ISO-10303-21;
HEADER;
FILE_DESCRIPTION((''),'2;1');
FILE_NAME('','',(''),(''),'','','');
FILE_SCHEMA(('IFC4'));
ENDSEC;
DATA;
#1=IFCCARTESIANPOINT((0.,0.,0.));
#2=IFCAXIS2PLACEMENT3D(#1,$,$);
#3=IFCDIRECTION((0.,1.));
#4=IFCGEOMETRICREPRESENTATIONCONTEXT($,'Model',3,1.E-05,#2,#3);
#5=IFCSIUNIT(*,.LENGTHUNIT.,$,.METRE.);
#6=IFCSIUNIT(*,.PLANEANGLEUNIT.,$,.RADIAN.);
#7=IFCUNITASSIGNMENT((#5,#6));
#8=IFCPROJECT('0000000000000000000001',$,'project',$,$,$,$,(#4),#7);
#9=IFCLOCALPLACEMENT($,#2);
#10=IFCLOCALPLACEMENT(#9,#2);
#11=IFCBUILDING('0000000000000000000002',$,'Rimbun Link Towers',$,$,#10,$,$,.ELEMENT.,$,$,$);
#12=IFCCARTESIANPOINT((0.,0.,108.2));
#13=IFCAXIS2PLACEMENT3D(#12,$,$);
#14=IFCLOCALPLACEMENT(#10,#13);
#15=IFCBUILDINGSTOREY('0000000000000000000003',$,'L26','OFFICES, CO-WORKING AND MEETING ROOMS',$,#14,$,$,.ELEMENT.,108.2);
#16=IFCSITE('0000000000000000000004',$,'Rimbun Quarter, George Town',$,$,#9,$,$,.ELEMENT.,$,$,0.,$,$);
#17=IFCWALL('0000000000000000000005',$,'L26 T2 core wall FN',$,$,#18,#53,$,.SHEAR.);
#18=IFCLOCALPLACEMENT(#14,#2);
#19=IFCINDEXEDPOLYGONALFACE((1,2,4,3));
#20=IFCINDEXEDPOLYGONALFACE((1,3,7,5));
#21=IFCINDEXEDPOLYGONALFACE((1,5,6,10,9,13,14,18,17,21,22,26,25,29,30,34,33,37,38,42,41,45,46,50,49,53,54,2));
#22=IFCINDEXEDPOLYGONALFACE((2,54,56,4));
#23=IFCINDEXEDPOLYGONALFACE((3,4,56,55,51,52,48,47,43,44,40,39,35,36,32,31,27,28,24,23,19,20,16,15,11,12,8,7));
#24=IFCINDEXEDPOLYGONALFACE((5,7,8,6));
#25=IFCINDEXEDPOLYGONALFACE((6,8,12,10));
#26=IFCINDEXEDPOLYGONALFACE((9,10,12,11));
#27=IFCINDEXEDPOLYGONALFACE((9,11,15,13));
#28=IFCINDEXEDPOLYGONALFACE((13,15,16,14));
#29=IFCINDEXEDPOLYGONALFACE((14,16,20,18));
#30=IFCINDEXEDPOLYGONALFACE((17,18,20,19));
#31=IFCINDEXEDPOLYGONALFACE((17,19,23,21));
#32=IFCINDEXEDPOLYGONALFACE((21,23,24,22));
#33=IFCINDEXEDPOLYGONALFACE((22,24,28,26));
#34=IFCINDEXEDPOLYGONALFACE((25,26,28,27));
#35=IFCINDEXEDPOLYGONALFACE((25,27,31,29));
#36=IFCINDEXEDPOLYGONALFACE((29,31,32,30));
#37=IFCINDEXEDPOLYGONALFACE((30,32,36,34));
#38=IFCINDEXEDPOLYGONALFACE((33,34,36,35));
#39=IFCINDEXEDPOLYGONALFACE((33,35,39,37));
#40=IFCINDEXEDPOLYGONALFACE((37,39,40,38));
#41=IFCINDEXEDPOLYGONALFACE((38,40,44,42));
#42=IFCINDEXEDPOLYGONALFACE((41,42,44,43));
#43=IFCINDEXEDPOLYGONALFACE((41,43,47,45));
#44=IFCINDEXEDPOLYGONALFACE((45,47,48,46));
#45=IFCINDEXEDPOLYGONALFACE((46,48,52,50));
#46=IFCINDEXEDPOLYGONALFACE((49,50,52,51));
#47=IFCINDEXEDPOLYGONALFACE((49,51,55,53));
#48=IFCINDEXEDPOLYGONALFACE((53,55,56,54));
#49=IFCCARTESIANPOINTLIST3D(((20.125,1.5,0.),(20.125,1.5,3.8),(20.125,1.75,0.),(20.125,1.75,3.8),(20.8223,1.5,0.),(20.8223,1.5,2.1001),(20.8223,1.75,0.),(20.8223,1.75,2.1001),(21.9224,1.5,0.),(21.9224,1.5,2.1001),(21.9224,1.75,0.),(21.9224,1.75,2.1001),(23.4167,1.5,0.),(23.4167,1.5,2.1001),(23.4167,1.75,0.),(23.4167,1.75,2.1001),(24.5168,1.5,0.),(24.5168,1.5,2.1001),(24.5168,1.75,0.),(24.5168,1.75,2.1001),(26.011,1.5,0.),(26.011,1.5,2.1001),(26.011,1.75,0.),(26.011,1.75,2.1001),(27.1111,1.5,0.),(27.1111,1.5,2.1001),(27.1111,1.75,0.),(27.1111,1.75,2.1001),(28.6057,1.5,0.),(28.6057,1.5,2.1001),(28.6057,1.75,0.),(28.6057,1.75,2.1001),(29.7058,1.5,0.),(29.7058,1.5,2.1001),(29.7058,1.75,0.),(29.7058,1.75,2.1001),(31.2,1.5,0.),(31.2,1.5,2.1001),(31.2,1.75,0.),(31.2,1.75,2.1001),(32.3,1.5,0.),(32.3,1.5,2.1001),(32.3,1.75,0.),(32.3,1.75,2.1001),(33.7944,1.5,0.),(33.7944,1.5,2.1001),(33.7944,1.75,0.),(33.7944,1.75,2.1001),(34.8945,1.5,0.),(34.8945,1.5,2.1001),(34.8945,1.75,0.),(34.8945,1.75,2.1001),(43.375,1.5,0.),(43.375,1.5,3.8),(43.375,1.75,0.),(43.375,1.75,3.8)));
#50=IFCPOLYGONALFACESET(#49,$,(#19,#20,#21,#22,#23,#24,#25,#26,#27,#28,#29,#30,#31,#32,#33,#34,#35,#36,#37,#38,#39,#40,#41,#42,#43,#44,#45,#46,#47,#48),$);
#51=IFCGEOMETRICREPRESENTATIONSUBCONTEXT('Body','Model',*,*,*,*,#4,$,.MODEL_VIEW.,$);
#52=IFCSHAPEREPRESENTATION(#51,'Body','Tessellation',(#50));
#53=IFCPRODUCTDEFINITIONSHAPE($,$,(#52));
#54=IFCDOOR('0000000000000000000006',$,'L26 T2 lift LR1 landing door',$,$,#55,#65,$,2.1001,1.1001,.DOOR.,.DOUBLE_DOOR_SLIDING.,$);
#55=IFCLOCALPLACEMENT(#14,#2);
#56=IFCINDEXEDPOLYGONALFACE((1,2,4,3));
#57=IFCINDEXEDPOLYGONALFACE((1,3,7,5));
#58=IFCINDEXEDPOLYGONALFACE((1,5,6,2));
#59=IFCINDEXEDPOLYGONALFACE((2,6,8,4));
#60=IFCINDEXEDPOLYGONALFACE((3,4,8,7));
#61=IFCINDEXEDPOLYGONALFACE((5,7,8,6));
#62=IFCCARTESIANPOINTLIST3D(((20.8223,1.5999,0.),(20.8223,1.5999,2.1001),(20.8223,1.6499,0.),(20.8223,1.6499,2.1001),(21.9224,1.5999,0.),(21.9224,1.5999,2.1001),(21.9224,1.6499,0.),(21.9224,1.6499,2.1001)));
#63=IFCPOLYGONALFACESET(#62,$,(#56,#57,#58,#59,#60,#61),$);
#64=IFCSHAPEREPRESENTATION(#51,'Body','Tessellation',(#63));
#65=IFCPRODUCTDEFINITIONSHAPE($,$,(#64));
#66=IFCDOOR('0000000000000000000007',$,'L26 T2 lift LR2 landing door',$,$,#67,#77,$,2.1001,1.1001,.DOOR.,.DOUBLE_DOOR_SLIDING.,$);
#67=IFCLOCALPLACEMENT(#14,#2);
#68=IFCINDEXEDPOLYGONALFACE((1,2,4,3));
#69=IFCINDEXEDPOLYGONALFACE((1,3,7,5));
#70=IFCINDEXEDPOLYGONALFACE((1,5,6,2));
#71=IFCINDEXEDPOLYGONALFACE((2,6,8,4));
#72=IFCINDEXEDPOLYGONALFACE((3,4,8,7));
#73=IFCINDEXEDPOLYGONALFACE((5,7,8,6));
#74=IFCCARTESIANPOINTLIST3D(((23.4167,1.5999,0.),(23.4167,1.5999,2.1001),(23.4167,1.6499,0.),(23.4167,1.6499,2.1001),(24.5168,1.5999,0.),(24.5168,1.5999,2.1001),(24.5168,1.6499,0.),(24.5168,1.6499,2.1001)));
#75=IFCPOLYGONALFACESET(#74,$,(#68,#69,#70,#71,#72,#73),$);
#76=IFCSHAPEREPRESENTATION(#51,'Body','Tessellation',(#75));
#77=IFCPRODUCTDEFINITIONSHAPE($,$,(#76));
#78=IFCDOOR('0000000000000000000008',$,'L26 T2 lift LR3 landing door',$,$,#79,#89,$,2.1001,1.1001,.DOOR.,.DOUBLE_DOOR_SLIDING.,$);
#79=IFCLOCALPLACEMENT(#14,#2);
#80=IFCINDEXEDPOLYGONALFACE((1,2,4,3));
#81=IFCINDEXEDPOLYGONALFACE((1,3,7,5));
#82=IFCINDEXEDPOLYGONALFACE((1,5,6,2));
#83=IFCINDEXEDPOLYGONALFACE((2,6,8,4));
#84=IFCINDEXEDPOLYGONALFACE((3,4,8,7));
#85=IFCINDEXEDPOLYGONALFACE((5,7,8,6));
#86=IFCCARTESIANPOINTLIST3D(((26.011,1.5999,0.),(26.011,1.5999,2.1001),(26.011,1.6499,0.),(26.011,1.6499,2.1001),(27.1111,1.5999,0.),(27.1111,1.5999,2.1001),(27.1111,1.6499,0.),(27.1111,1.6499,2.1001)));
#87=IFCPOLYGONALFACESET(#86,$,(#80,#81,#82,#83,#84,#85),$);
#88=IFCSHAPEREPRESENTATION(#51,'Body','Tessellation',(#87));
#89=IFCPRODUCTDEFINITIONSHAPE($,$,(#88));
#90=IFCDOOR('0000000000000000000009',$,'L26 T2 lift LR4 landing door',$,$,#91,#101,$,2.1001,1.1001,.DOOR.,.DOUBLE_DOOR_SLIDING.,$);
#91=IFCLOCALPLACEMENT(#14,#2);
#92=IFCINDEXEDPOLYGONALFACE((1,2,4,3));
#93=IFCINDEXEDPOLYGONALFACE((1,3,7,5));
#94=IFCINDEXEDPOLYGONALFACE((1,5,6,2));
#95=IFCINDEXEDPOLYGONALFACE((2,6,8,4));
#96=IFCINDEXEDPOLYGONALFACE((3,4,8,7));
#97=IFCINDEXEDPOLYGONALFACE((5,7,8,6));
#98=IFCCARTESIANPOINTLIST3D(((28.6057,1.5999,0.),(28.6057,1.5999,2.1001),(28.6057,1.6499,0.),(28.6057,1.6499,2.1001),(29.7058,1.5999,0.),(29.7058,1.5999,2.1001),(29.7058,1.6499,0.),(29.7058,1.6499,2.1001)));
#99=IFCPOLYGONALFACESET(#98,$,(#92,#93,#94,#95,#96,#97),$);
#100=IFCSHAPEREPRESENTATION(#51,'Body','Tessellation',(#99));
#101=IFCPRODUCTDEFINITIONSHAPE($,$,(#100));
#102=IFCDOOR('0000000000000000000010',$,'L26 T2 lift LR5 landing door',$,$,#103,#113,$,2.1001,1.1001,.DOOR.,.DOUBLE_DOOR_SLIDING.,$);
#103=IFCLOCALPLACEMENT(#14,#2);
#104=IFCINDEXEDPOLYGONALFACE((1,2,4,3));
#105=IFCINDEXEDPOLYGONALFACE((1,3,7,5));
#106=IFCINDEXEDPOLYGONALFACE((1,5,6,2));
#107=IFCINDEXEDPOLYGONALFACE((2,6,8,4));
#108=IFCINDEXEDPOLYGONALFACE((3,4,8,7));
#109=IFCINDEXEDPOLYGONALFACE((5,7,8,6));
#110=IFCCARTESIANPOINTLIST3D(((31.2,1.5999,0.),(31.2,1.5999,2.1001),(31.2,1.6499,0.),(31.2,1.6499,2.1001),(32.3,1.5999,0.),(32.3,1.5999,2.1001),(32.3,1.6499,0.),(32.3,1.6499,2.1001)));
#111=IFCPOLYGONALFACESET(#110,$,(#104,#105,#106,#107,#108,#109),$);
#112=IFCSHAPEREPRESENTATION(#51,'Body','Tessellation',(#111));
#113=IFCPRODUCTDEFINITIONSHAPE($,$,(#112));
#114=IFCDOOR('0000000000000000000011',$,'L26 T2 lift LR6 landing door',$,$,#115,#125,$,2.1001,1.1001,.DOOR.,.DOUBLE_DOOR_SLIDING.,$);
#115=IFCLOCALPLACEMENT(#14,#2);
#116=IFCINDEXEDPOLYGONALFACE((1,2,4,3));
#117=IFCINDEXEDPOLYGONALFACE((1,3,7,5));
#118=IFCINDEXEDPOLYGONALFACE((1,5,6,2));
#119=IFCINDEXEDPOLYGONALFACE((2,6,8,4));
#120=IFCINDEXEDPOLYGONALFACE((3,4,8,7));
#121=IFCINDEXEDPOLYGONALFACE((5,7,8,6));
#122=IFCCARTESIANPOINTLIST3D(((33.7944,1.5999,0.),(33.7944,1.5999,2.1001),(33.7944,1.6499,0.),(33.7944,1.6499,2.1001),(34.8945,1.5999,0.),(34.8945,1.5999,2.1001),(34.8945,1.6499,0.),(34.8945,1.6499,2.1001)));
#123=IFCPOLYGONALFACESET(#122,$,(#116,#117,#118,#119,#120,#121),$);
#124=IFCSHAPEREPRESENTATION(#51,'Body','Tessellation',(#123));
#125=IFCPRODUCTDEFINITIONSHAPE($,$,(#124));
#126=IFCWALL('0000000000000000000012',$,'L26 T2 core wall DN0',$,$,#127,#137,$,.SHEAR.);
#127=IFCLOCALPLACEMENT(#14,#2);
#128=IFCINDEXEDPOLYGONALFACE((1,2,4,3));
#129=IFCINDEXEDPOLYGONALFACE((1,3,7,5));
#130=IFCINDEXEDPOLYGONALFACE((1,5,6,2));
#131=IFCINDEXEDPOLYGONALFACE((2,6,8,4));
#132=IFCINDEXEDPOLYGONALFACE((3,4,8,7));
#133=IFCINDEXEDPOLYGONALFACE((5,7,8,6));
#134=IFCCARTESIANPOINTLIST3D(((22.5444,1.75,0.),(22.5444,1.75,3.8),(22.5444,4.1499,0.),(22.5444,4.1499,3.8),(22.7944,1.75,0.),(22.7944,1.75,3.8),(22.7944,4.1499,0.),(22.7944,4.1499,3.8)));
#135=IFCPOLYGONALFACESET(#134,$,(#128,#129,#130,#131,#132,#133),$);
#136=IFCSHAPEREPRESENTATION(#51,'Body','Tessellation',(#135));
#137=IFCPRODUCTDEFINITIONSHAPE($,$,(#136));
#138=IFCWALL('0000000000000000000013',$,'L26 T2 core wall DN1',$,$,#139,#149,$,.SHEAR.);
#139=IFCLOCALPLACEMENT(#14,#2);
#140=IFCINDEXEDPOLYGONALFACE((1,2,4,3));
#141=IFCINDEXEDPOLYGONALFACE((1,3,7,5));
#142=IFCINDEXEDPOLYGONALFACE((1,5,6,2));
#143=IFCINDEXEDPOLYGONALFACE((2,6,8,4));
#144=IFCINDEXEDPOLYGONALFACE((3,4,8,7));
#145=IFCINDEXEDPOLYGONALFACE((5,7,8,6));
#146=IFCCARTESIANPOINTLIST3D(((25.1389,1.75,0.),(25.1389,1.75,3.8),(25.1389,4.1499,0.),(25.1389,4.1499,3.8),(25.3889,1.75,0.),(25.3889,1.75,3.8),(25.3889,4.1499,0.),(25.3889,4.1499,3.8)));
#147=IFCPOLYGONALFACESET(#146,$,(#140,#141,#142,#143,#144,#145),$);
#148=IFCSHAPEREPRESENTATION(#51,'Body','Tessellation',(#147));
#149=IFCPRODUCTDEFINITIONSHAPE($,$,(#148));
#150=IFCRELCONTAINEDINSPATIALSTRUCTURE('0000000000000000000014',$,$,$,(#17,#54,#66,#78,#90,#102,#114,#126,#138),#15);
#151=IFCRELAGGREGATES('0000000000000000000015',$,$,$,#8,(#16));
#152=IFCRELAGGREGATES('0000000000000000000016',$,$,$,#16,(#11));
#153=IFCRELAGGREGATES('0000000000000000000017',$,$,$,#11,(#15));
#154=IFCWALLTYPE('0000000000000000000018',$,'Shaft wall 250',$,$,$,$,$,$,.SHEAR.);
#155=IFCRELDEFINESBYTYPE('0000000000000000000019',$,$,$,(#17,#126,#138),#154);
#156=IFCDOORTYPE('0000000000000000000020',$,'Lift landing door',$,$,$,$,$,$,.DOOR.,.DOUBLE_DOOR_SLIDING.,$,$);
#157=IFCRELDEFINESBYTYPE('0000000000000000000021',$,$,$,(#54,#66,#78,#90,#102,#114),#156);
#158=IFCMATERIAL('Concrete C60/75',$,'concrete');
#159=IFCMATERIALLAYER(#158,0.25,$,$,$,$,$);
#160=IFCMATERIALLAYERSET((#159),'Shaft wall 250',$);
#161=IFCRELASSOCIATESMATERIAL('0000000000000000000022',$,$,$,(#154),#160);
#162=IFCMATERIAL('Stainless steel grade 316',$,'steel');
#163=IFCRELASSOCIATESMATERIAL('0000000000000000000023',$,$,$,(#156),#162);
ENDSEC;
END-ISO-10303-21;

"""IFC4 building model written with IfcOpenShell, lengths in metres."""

from ifc_helpers import new_model, si_unit, direction, frame, frame_2d, origin, place, context, subcontext, project, spatial, rectangle, extrude, material, layer, layer_set, type_object, element, fill, save


model = new_model("IFC4")

# Units and contexts
model_context = context("Model", 3, precision=1e-05, world=origin(), true_north=direction((0.0, 1.0)))
body_context = subcontext(model_context, "Body", "Model", "MODEL_VIEW")
ifc_project = project(units=[si_unit("LENGTHUNIT", "METRE"), si_unit("PLANEANGLEUNIT", "RADIAN")], contexts=[model_context])

# Site, building, storey
site_placement = place(None, origin())
site = spatial("IfcSite", under=ifc_project, at=site_placement, Name="Rimbun Quarter, George Town", CompositionType="ELEMENT", RefElevation=0.0)
building_placement = place(site_placement, origin())
building = spatial("IfcBuilding", under=site, at=building_placement, Name="Rimbun Link Towers", CompositionType="ELEMENT")
storey_placement = place(building_placement, frame((0.0, 0.0, 108.2)))
storey = spatial("IfcBuildingStorey", under=building, at=storey_placement, Name="L26", Description="OFFICES, CO-WORKING AND MEETING ROOMS", CompositionType="ELEMENT", Elevation=108.2)

# Shared definitions
ifc_material_1 = material(Name="Concrete C60/75", Category="concrete")
ifc_layer_1 = layer(ifc_material_1, 0.25)
ifc_layer_set_1 = layer_set([ifc_layer_1], Name="Shaft wall 250")
wall_type_1 = type_object("IfcWallType", Name="Shaft wall 250", PredefinedType="SHEAR", material=ifc_layer_set_1)

# Wall, openings, doors
wall_1_placement = place(storey_placement, frame((20.125, 1.625, 0.0), z_axis=(0.0, 0.0, 1.0), x_axis=(1.0, 0.0, 0.0)))
wall_1 = element("IfcWall", 1, at=wall_1_placement, inside=storey, type_object=wall_type_1, Name="L26 T2 core wall FN", PredefinedType="SHEAR", context=body_context, shape_type="SweptSolid", body=[
    extrude(rectangle(XDim=23.25, YDim=0.25, at=frame_2d((11.625, 0.0))), origin(), (0.0, 0.0, 1.0), 3.8),
])
opening_1_placement = place(wall_1_placement, frame((0.6973, 0.0, 0.0)))
opening_1 = element("IfcOpeningElement", 2, at=opening_1_placement, cuts=wall_1, PredefinedType="OPENING", context=body_context, shape_type="SweptSolid", body=[
    extrude(rectangle(XDim=1.1001, YDim=2.1001, at=frame_2d((0.55, 1.05))), frame((0.0, 0.135, 0.0), z_axis=(0.0, -1.0, 0.0), x_axis=(1.0, 0.0, 0.0)), (0.0, 0.0, 1.0), 0.27),
])
opening_2_placement = place(wall_1_placement, frame((3.2917, 0.0, 0.0)))
opening_2 = element("IfcOpeningElement", 3, at=opening_2_placement, cuts=wall_1, PredefinedType="OPENING", context=body_context, shape_type="SweptSolid", body=[
    extrude(rectangle(XDim=1.1001, YDim=2.1001, at=frame_2d((0.55, 1.05))), frame((0.0, 0.135, 0.0), z_axis=(0.0, -1.0, 0.0), x_axis=(1.0, 0.0, 0.0)), (0.0, 0.0, 1.0), 0.27),
])
opening_3_placement = place(wall_1_placement, frame((5.886, 0.0, 0.0)))
opening_3 = element("IfcOpeningElement", 4, at=opening_3_placement, cuts=wall_1, PredefinedType="OPENING", context=body_context, shape_type="SweptSolid", body=[
    extrude(rectangle(XDim=1.1001, YDim=2.1001, at=frame_2d((0.55, 1.05))), frame((0.0, 0.135, 0.0), z_axis=(0.0, -1.0, 0.0), x_axis=(1.0, 0.0, 0.0)), (0.0, 0.0, 1.0), 0.27),
])
opening_4_placement = place(wall_1_placement, frame((8.4807, 0.0, 0.0)))
opening_4 = element("IfcOpeningElement", 5, at=opening_4_placement, cuts=wall_1, PredefinedType="OPENING", context=body_context, shape_type="SweptSolid", body=[
    extrude(rectangle(XDim=1.1001, YDim=2.1001, at=frame_2d((0.55, 1.05))), frame((0.0, 0.135, 0.0), z_axis=(0.0, -1.0, 0.0), x_axis=(1.0, 0.0, 0.0)), (0.0, 0.0, 1.0), 0.27),
])
opening_5_placement = place(wall_1_placement, frame((11.075, 0.0, 0.0)))
opening_5 = element("IfcOpeningElement", 6, at=opening_5_placement, cuts=wall_1, PredefinedType="OPENING", context=body_context, shape_type="SweptSolid", body=[
    extrude(rectangle(XDim=1.1001, YDim=2.1001, at=frame_2d((0.55, 1.05))), frame((0.0, 0.135, 0.0), z_axis=(0.0, -1.0, 0.0), x_axis=(1.0, 0.0, 0.0)), (0.0, 0.0, 1.0), 0.27),
])
opening_6_placement = place(wall_1_placement, frame((13.6694, 0.0, 0.0)))
opening_6 = element("IfcOpeningElement", 7, at=opening_6_placement, cuts=wall_1, PredefinedType="OPENING", context=body_context, shape_type="SweptSolid", body=[
    extrude(rectangle(XDim=1.1001, YDim=2.1001, at=frame_2d((0.55, 1.05))), frame((0.0, 0.135, 0.0), z_axis=(0.0, -1.0, 0.0), x_axis=(1.0, 0.0, 0.0)), (0.0, 0.0, 1.0), 0.27),
])
ifc_material_2 = material(Name="Stainless steel grade 316", Category="steel")
door_type_1 = type_object("IfcDoorType", Name="Lift landing door", OperationType="DOUBLE_DOOR_SLIDING", PredefinedType="DOOR", material=ifc_material_2)
door_1_placement = place(opening_1_placement, origin())
door_1 = element("IfcDoor", 8, at=door_1_placement, inside=storey, type_object=door_type_1, Name="L26 T2 lift LR1 landing door", OperationType="DOUBLE_DOOR_SLIDING", OverallHeight=2.1001, OverallWidth=1.1001, PredefinedType="DOOR", context=body_context, shape_type="SweptSolid", body=[
    extrude(rectangle(XDim=1.1001, YDim=2.1001, at=frame_2d((0.55, 1.05))), frame((0.0, 0.0249, 0.0), z_axis=(0.0, -1.0, 0.0), x_axis=(1.0, 0.0, 0.0)), (0.0, 0.0, 1.0), 0.05),
])
fill(opening_1, door_1)
door_2_placement = place(opening_2_placement, origin())
door_2 = element("IfcDoor", 9, at=door_2_placement, inside=storey, type_object=door_type_1, Name="L26 T2 lift LR2 landing door", OperationType="DOUBLE_DOOR_SLIDING", OverallHeight=2.1001, OverallWidth=1.1001, PredefinedType="DOOR", context=body_context, shape_type="SweptSolid", body=[
    extrude(rectangle(XDim=1.1001, YDim=2.1001, at=frame_2d((0.55, 1.05))), frame((0.0, 0.0249, 0.0), z_axis=(0.0, -1.0, 0.0), x_axis=(1.0, 0.0, 0.0)), (0.0, 0.0, 1.0), 0.05),
])
fill(opening_2, door_2)
door_3_placement = place(opening_3_placement, origin())
door_3 = element("IfcDoor", 10, at=door_3_placement, inside=storey, type_object=door_type_1, Name="L26 T2 lift LR3 landing door", OperationType="DOUBLE_DOOR_SLIDING", OverallHeight=2.1001, OverallWidth=1.1001, PredefinedType="DOOR", context=body_context, shape_type="SweptSolid", body=[
    extrude(rectangle(XDim=1.1001, YDim=2.1001, at=frame_2d((0.55, 1.05))), frame((0.0, 0.0249, 0.0), z_axis=(0.0, -1.0, 0.0), x_axis=(1.0, 0.0, 0.0)), (0.0, 0.0, 1.0), 0.05),
])
fill(opening_3, door_3)
door_4_placement = place(opening_4_placement, origin())
door_4 = element("IfcDoor", 11, at=door_4_placement, inside=storey, type_object=door_type_1, Name="L26 T2 lift LR4 landing door", OperationType="DOUBLE_DOOR_SLIDING", OverallHeight=2.1001, OverallWidth=1.1001, PredefinedType="DOOR", context=body_context, shape_type="SweptSolid", body=[
    extrude(rectangle(XDim=1.1001, YDim=2.1001, at=frame_2d((0.55, 1.05))), frame((0.0, 0.0249, 0.0), z_axis=(0.0, -1.0, 0.0), x_axis=(1.0, 0.0, 0.0)), (0.0, 0.0, 1.0), 0.05),
])
fill(opening_4, door_4)
door_5_placement = place(opening_5_placement, origin())
door_5 = element("IfcDoor", 12, at=door_5_placement, inside=storey, type_object=door_type_1, Name="L26 T2 lift LR5 landing door", OperationType="DOUBLE_DOOR_SLIDING", OverallHeight=2.1001, OverallWidth=1.1001, PredefinedType="DOOR", context=body_context, shape_type="SweptSolid", body=[
    extrude(rectangle(XDim=1.1001, YDim=2.1001, at=frame_2d((0.55, 1.05))), frame((0.0, 0.0249, 0.0), z_axis=(0.0, -1.0, 0.0), x_axis=(1.0, 0.0, 0.0)), (0.0, 0.0, 1.0), 0.05),
])
fill(opening_5, door_5)
door_6_placement = place(opening_6_placement, origin())
door_6 = element("IfcDoor", 13, at=door_6_placement, inside=storey, type_object=door_type_1, Name="L26 T2 lift LR6 landing door", OperationType="DOUBLE_DOOR_SLIDING", OverallHeight=2.1001, OverallWidth=1.1001, PredefinedType="DOOR", context=body_context, shape_type="SweptSolid", body=[
    extrude(rectangle(XDim=1.1001, YDim=2.1001, at=frame_2d((0.55, 1.05))), frame((0.0, 0.0249, 0.0), z_axis=(0.0, -1.0, 0.0), x_axis=(1.0, 0.0, 0.0)), (0.0, 0.0, 1.0), 0.05),
])
fill(opening_6, door_6)

# Walls
for number, where, z_axis, x_axis, name in (
    (14, (22.6694, 1.75, 0.0), (0.0, 0.0, 1.0), (0.0, 1.0, 0.0), "L26 T2 core wall DN0"),
    (15, (25.2639, 1.75, 0.0), (0.0, 0.0, 1.0), (0.0, 1.0, 0.0), "L26 T2 core wall DN1"),
):
    element("IfcWall", number, at=place(storey_placement, frame(where, z_axis=z_axis, x_axis=x_axis)), inside=storey, type_object=wall_type_1, Name=name, PredefinedType="SHEAR", context=body_context, shape_type="SweptSolid", body=[
        extrude(rectangle(XDim=2.3999, YDim=0.25, at=frame_2d((1.2, 0.0))), origin(), (0.0, 0.0, 1.0), 3.8),
    ])

save(model, "model.ifc")
